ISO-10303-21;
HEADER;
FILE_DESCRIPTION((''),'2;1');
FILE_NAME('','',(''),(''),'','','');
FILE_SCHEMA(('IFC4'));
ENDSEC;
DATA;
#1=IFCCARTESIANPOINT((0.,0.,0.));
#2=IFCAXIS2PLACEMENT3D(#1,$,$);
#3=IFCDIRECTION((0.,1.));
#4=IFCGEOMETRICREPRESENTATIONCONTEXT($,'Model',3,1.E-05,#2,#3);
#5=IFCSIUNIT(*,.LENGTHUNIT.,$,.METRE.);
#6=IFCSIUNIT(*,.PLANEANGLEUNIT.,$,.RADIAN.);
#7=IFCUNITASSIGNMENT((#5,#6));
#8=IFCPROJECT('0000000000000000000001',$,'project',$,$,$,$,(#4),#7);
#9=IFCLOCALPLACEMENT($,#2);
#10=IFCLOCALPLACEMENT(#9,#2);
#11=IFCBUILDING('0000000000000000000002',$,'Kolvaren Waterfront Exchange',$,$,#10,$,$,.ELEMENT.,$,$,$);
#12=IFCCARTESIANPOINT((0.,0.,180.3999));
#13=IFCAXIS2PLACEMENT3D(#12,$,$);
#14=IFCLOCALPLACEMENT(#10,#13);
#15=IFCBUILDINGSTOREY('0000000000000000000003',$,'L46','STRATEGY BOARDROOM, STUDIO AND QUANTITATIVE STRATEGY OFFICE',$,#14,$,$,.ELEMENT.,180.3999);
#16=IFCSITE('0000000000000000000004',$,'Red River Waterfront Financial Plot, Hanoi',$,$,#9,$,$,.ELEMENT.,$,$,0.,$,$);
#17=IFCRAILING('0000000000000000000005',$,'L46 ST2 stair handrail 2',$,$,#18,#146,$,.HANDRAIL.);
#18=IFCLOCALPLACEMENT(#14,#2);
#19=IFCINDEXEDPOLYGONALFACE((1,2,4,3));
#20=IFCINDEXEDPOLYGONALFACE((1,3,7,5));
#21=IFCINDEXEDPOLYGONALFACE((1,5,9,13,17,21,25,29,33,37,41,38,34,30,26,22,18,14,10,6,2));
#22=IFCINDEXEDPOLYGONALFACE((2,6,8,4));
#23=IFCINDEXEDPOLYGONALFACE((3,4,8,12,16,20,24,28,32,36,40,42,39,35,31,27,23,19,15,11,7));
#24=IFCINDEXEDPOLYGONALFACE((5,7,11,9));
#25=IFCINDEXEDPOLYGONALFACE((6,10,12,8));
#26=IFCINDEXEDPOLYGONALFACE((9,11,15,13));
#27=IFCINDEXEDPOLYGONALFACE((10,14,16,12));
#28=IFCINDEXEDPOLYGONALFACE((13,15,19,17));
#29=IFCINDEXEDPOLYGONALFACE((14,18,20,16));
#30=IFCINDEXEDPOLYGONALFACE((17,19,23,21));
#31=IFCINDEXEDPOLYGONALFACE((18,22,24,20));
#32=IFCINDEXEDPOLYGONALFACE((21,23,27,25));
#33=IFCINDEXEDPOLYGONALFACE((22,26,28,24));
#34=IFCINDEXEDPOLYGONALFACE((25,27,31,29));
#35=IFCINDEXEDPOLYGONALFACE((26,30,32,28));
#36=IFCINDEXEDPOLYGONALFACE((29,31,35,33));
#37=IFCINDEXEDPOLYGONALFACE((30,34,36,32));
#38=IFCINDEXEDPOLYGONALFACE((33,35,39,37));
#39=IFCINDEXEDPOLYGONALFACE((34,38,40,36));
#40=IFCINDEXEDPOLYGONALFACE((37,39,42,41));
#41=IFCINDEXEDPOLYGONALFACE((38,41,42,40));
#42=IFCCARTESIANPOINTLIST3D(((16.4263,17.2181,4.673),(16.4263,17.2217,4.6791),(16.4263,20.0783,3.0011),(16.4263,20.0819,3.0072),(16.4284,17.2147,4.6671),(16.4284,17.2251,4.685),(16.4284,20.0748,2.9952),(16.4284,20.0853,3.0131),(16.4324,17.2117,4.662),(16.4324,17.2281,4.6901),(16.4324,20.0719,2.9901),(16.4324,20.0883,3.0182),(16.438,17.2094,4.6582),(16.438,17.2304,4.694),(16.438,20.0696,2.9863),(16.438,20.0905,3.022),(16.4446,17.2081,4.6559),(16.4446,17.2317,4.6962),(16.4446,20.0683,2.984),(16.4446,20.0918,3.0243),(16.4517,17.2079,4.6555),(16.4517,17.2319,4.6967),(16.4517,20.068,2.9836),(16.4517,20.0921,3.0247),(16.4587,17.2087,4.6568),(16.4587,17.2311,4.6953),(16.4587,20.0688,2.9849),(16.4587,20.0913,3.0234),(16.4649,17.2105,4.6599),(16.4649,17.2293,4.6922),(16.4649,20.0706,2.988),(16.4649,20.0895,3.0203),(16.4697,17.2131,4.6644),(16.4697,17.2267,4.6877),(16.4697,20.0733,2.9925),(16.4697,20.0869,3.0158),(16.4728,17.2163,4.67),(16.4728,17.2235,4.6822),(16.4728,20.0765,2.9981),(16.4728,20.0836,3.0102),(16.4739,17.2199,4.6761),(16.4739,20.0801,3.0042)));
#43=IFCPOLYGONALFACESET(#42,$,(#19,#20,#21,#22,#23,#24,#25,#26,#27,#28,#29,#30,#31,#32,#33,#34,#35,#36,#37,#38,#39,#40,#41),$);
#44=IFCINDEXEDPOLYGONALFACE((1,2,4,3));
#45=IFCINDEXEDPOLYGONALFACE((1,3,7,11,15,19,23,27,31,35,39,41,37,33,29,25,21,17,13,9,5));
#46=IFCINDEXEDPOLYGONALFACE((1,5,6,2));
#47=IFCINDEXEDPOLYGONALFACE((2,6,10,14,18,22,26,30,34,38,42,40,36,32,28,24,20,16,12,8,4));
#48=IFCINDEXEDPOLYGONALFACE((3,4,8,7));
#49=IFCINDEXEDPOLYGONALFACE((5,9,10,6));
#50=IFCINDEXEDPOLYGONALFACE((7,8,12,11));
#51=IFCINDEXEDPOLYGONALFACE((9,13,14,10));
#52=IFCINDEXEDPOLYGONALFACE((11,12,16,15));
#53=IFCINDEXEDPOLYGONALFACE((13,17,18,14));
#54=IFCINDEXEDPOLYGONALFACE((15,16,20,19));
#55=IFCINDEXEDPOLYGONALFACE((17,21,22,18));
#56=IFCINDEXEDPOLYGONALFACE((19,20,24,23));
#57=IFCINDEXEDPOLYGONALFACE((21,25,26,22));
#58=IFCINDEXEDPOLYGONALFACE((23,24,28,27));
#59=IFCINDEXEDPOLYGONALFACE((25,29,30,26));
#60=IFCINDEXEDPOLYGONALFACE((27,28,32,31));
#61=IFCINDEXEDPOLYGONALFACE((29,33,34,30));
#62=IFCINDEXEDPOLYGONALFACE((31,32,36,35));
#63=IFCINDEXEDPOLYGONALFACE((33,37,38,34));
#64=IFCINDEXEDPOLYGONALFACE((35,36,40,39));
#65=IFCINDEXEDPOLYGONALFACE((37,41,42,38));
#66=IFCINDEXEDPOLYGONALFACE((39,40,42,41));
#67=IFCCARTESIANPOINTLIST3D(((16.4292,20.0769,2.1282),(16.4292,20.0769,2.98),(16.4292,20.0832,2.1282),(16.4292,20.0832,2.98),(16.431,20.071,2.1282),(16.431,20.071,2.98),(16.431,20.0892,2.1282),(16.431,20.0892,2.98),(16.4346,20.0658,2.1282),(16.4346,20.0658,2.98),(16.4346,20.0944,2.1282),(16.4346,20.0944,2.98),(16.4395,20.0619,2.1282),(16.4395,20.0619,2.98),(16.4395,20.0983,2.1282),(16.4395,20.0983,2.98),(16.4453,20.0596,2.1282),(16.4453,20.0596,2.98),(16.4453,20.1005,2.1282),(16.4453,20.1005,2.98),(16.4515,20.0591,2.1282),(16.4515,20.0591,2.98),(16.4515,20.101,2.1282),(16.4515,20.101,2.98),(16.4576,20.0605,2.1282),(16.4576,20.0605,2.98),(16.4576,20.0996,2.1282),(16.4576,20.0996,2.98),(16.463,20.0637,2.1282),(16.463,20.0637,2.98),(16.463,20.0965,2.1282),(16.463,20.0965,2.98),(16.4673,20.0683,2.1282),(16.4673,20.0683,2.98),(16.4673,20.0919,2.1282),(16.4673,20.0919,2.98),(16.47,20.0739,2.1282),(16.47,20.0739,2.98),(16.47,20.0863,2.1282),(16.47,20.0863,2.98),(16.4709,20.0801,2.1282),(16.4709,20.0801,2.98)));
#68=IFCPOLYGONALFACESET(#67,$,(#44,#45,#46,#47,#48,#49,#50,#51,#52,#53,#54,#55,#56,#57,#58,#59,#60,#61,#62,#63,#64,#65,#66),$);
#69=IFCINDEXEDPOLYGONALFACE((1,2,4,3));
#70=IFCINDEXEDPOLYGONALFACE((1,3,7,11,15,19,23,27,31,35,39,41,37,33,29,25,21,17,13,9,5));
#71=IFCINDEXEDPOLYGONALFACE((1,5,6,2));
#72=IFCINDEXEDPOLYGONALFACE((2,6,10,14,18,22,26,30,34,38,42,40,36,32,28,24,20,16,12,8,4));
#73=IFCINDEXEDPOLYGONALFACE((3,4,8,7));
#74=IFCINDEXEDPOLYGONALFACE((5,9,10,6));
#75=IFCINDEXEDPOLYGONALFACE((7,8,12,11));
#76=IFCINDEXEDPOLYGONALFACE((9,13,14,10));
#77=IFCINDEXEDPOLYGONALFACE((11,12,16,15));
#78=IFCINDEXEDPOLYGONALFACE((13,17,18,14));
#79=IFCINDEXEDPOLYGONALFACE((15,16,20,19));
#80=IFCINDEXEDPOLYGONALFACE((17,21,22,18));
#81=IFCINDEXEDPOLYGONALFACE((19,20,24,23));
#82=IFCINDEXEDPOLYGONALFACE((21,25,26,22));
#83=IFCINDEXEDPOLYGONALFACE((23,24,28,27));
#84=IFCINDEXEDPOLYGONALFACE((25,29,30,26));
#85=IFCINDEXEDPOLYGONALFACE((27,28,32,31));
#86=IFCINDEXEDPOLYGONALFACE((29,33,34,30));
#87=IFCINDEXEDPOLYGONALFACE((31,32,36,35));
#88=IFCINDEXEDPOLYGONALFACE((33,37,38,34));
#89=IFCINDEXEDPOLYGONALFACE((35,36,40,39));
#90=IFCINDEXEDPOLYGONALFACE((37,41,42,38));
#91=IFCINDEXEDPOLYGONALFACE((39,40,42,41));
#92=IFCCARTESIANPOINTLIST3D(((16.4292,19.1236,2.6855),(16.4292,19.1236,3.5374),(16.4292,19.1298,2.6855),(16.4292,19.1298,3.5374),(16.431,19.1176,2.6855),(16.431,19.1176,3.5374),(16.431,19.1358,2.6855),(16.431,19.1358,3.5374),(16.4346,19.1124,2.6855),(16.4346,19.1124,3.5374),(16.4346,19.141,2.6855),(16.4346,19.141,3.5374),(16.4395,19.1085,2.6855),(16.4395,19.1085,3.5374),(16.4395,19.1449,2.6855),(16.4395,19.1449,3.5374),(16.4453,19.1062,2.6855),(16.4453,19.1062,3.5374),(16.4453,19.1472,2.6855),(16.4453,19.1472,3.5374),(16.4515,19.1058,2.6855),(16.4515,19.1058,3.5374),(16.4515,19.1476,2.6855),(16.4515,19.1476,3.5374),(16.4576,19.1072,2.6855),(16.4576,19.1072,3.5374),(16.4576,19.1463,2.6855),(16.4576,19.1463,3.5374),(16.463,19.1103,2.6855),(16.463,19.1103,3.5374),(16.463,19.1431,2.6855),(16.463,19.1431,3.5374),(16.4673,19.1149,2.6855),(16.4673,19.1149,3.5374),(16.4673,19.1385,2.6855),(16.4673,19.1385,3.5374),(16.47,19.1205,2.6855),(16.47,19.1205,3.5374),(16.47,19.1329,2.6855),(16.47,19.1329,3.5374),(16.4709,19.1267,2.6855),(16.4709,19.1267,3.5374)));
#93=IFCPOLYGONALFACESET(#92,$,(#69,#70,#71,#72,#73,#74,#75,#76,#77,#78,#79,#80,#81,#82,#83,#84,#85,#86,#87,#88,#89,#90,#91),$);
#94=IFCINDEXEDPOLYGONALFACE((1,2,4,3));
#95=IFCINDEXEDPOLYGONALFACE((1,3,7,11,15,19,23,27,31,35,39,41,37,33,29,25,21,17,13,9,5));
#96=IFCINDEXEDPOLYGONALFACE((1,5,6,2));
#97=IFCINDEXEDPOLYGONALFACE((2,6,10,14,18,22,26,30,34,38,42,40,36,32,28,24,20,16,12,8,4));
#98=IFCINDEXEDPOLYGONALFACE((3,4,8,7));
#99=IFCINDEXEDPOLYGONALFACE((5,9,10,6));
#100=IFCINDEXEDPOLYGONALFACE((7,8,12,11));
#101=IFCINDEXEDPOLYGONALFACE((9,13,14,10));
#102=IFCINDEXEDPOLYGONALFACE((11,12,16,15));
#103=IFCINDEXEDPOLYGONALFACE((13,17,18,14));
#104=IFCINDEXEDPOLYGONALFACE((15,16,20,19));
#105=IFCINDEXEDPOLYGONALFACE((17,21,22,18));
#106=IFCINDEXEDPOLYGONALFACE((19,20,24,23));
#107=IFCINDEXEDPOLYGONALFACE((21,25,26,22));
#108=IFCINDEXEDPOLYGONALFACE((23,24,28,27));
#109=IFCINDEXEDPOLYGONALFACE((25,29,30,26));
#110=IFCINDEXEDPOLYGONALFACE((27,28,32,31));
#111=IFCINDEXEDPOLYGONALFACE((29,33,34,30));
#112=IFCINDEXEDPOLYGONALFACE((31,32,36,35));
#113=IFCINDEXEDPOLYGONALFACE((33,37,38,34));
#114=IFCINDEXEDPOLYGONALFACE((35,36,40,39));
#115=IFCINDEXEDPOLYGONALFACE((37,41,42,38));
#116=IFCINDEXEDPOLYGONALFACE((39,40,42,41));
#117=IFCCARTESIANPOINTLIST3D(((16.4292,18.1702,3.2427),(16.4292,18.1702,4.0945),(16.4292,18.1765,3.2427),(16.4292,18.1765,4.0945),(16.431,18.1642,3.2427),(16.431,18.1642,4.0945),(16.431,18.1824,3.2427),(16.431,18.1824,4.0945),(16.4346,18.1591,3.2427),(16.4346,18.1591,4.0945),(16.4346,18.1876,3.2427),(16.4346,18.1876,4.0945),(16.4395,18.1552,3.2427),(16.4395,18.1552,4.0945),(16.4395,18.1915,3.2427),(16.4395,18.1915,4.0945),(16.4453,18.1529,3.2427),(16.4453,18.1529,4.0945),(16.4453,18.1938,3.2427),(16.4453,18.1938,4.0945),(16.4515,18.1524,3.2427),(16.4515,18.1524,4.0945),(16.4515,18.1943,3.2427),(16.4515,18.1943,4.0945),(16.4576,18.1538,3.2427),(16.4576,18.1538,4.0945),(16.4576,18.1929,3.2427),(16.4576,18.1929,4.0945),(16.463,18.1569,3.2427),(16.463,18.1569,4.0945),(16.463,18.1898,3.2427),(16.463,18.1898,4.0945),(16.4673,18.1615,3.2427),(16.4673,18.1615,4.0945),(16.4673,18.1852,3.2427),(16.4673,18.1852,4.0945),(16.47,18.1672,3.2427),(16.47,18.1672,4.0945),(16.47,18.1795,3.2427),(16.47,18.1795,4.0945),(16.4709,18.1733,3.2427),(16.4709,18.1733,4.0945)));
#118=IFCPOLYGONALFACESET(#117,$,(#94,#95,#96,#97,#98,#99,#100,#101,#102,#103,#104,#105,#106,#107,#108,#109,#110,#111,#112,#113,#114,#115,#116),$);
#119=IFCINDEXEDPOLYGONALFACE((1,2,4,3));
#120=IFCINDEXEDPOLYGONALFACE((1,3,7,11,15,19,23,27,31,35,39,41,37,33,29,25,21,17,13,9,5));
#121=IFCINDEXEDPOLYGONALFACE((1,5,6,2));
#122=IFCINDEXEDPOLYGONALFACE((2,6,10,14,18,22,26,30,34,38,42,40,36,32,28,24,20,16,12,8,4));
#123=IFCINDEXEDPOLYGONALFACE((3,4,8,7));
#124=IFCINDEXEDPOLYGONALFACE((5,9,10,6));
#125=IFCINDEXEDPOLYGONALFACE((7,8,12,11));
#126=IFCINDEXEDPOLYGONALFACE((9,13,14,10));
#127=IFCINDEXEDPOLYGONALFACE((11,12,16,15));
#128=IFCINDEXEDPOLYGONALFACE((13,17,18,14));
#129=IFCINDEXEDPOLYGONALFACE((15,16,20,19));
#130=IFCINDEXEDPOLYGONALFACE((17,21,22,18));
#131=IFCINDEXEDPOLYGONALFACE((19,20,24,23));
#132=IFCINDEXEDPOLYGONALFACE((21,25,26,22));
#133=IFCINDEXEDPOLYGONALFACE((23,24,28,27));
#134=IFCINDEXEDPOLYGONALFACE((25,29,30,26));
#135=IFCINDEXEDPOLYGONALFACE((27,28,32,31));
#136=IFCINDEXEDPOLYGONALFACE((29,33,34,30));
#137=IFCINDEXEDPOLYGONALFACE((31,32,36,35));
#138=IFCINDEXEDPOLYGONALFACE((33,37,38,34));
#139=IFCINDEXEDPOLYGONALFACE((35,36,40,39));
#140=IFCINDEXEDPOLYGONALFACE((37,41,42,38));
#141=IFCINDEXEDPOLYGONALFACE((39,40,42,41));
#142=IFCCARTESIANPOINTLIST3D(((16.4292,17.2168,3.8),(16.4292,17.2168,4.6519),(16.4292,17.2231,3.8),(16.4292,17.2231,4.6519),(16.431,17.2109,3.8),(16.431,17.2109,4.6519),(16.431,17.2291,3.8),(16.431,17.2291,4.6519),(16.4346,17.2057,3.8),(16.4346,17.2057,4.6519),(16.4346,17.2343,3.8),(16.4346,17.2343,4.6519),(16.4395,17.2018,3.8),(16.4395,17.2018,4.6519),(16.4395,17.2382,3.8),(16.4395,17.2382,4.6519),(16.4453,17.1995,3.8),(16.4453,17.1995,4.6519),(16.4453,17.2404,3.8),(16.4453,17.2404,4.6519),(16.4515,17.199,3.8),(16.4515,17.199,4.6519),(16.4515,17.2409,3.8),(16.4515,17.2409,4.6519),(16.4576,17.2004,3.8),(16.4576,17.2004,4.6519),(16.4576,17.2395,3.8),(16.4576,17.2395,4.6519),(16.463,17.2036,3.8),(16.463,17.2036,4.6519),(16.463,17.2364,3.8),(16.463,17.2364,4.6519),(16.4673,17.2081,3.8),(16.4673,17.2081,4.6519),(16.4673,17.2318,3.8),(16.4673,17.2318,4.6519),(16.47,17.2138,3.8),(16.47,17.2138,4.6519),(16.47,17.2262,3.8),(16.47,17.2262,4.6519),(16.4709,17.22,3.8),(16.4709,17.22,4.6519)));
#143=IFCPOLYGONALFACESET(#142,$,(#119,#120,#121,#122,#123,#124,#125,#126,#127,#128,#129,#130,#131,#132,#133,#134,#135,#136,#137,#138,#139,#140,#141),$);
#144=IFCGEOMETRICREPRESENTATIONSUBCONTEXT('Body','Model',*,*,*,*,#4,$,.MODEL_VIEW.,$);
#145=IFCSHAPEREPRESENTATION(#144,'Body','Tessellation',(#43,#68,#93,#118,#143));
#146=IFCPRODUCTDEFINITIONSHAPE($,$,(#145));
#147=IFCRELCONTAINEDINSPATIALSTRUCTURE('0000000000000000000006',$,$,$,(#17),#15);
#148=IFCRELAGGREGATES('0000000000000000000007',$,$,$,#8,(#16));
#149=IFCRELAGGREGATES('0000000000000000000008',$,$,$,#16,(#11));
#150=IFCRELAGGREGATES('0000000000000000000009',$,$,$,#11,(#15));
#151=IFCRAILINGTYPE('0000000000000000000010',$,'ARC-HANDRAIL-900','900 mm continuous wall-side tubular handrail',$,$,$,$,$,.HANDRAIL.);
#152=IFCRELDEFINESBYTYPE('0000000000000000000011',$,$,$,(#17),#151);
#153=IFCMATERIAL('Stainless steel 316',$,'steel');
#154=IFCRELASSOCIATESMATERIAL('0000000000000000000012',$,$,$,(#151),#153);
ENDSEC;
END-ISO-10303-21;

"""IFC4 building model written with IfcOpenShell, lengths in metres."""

from ifc_helpers import new_model, si_unit, direction, frame, origin, origin_2d, place, context, subcontext, project, spatial, circle, extrude, material, type_object, element, save


model = new_model("IFC4")

# Units and contexts
model_context = context("Model", 3, precision=1e-05, world=origin(), true_north=direction((0.0, 1.0)))
body_context = subcontext(model_context, "Body", "Model", "MODEL_VIEW")
ifc_project = project(units=[si_unit("LENGTHUNIT", "METRE"), si_unit("PLANEANGLEUNIT", "RADIAN")], contexts=[model_context])

# Site, building, storey
site_placement = place(None, origin())
site = spatial("IfcSite", under=ifc_project, at=site_placement, Name="Red River Waterfront Financial Plot, Hanoi", CompositionType="ELEMENT", RefElevation=0.0)
building_placement = place(site_placement, origin())
building = spatial("IfcBuilding", under=site, at=building_placement, Name="Kolvaren Waterfront Exchange", CompositionType="ELEMENT")
storey_placement = place(building_placement, frame((0.0, 0.0, 180.3999)))
storey = spatial("IfcBuildingStorey", under=building, at=storey_placement, Name="L46", Description="STRATEGY BOARDROOM, STUDIO AND QUANTITATIVE STRATEGY OFFICE", CompositionType="ELEMENT", Elevation=180.3999)

# Railing
ifc_material_1 = material(Name="Stainless steel 316", Category="steel")
railing_type_1 = type_object("IfcRailingType", Name="ARC-HANDRAIL-900", Description="900 mm continuous wall-side tubular handrail", PredefinedType="HANDRAIL", material=ifc_material_1)
railing_1_placement = place(storey_placement, frame((16.45, 20.0801, 2.1282)))
element("IfcRailing", 1, at=railing_1_placement, inside=storey, type_object=railing_type_1, Name="L46 ST2 stair handrail 2", PredefinedType="HANDRAIL", context=body_context, shape_type="SweptSolid", body=[
    extrude(circle(Radius=0.0239, at=origin_2d()), frame((0.0, 0.0, 0.876), z_axis=(0.0, -0.863321, 0.504654), x_axis=(1.0, 0.0, 0.0)), (0.0, 0.0, 1.0), 3.313),
    extrude(circle(Radius=0.021, at=origin_2d()), origin(), (0.0, 0.0, 1.0), 0.8518),
    extrude(circle(Radius=0.021, at=origin_2d()), frame((0.0, -0.9534, 0.5574)), (0.0, 0.0, 1.0), 0.8518),
    extrude(circle(Radius=0.021, at=origin_2d()), frame((0.0, -1.9067, 1.1145)), (0.0, 0.0, 1.0), 0.8518),
    extrude(circle(Radius=0.021, at=origin_2d()), frame((0.0, -2.8601, 1.6719)), (0.0, 0.0, 1.0), 0.8518),
])

save(model, "model.ifc")
